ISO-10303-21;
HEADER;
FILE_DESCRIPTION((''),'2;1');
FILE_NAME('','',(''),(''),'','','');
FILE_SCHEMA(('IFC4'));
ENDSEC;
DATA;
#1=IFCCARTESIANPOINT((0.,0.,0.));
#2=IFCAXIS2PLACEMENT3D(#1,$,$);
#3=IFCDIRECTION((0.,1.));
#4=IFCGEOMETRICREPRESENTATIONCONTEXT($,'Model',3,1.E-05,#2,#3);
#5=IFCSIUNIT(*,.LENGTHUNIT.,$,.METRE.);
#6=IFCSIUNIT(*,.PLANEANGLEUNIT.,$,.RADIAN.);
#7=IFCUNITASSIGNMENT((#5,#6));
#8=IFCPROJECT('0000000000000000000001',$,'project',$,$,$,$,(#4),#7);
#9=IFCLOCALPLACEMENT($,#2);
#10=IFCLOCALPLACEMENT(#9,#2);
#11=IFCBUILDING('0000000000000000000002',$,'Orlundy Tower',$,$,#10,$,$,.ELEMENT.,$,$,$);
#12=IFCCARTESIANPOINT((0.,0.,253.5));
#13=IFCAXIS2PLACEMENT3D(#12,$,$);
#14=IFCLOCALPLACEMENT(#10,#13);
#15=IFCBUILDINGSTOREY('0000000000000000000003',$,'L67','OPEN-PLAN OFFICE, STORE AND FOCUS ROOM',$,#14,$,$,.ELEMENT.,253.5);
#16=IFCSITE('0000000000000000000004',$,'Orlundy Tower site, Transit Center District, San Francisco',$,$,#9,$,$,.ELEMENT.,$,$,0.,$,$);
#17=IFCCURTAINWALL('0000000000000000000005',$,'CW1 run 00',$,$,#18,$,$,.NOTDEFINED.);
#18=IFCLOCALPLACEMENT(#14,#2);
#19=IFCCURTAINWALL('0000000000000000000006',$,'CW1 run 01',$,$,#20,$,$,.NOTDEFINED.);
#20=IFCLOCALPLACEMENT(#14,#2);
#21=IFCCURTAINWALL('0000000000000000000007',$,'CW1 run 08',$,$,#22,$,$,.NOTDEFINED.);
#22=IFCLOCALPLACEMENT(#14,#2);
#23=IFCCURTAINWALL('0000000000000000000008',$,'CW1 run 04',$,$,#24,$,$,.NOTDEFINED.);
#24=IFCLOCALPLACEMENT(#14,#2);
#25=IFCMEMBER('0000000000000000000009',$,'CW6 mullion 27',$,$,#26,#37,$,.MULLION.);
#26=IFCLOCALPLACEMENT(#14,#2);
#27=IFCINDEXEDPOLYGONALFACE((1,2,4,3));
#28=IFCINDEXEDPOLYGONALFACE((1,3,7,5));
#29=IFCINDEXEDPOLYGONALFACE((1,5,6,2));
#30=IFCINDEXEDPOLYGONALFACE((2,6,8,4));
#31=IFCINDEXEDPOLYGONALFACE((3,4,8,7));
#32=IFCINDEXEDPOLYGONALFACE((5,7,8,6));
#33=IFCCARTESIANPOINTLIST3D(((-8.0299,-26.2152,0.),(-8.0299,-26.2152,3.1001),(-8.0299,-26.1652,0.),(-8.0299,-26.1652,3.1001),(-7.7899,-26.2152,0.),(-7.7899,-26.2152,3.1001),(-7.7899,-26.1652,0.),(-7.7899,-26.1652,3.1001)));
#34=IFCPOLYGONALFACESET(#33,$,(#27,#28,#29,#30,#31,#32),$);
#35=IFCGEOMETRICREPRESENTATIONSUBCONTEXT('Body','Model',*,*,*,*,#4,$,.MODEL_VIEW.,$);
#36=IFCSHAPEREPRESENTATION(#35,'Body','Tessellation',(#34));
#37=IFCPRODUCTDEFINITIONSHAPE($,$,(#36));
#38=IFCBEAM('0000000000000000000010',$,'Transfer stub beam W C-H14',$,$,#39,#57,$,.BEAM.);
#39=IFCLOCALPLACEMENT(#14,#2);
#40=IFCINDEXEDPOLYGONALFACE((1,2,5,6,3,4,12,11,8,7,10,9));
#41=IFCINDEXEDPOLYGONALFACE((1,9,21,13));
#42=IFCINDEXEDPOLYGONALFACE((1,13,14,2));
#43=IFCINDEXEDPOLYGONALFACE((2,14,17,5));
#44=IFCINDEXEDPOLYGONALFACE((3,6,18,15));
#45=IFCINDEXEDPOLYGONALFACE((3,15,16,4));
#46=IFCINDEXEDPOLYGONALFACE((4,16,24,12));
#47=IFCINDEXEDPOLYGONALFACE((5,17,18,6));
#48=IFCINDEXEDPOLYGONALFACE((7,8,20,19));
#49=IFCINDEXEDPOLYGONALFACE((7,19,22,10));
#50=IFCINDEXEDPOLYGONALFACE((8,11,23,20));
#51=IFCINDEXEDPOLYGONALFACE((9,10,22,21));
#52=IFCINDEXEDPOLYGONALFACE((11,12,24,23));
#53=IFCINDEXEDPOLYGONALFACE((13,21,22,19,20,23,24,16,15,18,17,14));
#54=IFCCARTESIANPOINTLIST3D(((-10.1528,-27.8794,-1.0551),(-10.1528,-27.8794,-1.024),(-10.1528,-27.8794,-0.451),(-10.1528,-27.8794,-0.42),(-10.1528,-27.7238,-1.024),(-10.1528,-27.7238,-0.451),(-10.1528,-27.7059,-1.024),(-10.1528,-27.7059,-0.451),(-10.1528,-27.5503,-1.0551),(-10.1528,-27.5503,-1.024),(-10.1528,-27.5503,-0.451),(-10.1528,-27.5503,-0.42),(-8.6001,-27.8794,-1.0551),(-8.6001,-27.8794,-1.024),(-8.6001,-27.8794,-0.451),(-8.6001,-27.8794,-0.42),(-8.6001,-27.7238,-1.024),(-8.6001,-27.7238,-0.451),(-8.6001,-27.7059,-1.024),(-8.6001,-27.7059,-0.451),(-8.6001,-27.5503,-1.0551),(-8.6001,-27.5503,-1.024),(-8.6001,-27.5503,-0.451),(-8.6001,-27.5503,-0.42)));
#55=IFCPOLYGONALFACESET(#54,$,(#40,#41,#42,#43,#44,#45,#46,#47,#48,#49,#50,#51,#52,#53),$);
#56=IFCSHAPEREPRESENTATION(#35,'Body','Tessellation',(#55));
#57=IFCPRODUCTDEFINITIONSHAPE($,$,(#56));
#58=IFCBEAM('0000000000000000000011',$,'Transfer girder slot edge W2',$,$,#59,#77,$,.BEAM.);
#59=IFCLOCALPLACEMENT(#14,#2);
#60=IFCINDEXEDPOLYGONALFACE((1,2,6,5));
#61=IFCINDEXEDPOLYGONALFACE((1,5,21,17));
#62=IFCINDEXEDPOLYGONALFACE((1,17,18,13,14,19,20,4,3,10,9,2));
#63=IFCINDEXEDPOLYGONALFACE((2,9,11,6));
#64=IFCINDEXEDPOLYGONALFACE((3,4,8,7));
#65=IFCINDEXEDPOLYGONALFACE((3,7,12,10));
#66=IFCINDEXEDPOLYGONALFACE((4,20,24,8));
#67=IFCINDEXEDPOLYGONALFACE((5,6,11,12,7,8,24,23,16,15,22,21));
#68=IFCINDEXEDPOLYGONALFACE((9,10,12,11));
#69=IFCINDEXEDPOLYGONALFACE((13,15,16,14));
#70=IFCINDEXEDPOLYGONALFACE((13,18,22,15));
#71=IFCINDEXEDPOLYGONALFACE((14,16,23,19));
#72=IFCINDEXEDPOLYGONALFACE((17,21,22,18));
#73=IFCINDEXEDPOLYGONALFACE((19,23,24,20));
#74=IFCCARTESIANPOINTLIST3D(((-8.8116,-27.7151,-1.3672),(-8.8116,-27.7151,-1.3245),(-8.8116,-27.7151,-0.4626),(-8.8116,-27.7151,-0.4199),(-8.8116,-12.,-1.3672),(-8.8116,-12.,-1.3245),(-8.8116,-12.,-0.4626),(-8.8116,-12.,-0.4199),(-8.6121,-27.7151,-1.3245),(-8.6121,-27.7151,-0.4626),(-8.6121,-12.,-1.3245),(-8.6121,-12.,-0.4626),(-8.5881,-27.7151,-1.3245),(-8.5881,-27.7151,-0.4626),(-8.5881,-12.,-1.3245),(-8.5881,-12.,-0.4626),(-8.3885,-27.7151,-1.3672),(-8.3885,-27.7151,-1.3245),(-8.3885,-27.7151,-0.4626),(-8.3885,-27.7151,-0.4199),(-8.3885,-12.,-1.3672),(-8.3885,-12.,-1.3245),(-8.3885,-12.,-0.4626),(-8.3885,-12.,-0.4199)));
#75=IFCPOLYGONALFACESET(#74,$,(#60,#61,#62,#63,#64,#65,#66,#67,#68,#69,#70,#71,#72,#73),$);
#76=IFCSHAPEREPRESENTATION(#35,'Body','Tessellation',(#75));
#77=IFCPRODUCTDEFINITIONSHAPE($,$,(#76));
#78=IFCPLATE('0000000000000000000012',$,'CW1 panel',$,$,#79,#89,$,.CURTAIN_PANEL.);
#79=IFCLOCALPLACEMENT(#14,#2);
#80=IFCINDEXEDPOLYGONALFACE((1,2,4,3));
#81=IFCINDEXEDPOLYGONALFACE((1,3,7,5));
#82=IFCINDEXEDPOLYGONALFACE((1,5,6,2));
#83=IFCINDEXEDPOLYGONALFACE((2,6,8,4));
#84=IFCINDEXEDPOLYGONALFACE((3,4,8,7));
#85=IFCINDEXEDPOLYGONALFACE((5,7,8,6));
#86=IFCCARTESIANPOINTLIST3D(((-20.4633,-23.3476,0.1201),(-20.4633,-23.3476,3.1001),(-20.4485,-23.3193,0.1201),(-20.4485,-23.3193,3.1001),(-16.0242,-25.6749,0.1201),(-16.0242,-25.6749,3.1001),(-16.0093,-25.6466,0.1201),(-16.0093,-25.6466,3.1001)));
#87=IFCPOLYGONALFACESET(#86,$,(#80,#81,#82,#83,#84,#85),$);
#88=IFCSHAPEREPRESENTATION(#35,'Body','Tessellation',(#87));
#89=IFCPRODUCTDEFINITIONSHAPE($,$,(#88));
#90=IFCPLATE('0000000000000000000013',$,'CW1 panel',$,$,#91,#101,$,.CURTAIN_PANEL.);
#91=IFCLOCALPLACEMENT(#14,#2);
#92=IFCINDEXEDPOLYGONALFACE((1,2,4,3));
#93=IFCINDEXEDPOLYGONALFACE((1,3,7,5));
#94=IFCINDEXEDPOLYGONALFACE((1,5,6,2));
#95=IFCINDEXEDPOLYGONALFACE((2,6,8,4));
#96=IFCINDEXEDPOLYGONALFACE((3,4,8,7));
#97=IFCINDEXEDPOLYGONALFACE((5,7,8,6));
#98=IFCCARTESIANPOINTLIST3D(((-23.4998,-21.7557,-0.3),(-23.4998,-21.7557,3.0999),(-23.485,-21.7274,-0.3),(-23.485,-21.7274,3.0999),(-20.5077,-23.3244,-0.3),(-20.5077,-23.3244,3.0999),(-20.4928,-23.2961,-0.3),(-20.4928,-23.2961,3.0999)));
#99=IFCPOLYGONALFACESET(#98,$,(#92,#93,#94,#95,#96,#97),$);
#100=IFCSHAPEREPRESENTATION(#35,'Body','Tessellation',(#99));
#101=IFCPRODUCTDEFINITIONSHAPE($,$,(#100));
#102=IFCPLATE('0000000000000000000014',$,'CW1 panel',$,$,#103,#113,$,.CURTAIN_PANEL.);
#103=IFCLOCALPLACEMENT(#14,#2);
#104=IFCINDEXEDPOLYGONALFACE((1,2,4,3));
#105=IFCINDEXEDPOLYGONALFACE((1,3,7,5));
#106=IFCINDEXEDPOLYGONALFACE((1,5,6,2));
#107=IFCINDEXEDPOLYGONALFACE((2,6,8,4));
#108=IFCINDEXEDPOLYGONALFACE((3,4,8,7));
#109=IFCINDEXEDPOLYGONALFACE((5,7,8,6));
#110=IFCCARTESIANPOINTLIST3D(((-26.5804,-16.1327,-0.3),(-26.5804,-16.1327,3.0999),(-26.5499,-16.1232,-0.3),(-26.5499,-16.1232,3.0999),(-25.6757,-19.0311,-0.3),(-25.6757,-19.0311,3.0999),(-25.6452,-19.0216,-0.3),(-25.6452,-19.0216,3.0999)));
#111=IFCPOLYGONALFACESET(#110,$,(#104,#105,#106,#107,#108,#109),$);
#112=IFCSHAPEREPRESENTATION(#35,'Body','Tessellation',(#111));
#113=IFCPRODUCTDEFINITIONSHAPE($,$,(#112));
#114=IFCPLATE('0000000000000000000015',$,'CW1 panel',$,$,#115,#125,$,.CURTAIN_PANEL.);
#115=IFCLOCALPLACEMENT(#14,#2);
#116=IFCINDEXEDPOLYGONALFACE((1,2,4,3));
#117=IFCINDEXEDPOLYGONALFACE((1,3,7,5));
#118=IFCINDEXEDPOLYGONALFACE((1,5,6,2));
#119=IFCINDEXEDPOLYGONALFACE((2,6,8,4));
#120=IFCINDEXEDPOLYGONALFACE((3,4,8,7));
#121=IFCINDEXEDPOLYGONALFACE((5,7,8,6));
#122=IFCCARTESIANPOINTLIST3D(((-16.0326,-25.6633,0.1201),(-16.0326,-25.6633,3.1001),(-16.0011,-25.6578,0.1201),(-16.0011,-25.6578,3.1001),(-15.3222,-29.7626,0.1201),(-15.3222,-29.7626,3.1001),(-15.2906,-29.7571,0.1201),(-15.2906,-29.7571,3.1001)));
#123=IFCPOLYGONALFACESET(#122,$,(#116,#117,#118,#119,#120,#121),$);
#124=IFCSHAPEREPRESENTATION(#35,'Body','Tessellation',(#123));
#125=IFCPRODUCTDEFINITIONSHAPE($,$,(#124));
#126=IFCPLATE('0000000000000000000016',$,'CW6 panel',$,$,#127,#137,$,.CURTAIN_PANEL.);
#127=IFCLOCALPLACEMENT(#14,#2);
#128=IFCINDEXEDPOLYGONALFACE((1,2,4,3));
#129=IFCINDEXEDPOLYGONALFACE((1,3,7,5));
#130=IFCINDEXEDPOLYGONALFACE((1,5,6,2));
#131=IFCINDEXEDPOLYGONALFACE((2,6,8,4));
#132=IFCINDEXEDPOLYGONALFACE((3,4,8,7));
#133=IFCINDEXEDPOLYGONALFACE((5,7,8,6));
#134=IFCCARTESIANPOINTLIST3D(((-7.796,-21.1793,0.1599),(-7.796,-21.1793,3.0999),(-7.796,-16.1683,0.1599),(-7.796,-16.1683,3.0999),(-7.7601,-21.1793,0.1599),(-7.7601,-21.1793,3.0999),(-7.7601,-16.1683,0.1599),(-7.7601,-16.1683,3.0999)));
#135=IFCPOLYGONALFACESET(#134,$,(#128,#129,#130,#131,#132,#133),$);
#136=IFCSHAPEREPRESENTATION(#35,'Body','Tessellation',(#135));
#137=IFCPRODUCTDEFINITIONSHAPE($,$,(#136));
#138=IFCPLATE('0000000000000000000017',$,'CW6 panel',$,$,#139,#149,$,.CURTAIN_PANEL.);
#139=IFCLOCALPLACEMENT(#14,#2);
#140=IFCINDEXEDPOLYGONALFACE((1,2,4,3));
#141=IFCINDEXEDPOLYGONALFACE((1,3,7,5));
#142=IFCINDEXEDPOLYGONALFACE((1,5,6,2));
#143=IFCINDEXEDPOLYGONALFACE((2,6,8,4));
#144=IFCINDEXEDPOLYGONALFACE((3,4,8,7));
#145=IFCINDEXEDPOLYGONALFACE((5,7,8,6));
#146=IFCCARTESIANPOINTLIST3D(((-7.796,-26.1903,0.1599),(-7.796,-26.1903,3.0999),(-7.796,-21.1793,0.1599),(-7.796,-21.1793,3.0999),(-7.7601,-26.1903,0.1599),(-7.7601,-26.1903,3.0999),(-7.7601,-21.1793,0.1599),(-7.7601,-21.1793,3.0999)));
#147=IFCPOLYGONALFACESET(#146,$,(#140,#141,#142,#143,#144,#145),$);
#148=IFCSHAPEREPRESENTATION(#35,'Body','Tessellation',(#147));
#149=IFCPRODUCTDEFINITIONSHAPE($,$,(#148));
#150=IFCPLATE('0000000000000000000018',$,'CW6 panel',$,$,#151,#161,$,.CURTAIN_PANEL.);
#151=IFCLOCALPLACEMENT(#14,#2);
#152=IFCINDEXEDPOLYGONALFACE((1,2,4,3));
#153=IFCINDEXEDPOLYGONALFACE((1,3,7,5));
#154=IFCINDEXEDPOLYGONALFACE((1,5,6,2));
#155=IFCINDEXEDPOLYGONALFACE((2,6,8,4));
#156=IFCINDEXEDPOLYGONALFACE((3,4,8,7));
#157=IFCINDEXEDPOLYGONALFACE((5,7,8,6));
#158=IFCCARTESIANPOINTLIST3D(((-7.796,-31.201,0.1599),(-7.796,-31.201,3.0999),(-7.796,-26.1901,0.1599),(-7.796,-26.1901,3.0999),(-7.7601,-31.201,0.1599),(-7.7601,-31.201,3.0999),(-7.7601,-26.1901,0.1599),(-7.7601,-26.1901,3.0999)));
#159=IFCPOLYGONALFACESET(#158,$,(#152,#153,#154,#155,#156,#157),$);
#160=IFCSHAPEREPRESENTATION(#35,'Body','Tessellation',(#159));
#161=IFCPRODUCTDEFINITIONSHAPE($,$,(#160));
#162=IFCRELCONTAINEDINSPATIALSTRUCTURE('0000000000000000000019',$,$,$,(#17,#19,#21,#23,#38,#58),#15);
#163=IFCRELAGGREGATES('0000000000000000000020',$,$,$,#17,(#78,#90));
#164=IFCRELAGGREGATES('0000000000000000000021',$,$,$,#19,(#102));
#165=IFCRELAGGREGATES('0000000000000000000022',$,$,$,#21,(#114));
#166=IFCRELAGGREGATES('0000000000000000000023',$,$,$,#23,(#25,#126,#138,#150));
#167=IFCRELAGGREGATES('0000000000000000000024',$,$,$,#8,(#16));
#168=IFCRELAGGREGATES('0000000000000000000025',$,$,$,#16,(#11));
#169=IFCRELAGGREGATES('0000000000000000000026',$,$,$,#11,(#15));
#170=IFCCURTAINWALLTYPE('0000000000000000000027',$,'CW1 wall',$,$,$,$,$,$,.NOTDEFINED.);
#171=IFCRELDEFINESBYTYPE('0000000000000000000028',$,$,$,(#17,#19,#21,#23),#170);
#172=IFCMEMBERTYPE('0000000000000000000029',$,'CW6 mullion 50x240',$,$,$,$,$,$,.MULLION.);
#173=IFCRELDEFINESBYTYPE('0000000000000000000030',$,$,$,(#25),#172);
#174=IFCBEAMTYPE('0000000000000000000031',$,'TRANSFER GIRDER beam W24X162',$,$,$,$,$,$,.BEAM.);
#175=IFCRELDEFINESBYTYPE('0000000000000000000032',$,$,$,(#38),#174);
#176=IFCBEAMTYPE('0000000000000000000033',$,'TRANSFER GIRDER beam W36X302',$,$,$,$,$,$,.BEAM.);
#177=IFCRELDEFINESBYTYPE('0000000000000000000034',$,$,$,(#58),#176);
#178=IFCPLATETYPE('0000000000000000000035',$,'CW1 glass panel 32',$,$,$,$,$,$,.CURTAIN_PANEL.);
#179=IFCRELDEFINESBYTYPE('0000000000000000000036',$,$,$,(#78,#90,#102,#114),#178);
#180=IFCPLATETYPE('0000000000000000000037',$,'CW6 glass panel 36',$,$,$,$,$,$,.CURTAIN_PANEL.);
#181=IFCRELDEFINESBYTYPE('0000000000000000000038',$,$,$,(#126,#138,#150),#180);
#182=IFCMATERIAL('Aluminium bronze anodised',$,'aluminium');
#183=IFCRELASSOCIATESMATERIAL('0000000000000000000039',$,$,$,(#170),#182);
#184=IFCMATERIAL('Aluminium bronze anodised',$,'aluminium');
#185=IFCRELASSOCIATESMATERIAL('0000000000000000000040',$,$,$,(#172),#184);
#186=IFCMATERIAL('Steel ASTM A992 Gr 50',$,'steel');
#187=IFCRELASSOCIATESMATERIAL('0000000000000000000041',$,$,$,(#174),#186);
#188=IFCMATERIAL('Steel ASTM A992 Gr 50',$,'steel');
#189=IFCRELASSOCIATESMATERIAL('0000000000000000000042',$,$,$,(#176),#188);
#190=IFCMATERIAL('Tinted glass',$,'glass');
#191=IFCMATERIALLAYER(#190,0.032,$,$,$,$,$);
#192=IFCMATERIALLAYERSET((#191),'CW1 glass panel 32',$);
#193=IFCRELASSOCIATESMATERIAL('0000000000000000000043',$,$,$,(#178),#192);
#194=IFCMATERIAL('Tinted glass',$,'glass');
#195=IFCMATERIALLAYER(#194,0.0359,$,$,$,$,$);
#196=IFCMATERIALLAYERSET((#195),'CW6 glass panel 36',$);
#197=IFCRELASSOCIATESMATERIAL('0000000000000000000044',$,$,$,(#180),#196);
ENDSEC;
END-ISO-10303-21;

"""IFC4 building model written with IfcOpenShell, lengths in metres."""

from ifc_helpers import new_model, si_unit, direction, frame, origin, origin_2d, place, context, subcontext, project, spatial, rectangle, i_section, extrude, material, layer, layer_set, material_profile, profile_set, type_object, element, aggregate, save


model = new_model("IFC4")

# Units and contexts
model_context = context("Model", 3, precision=1e-05, world=origin(), true_north=direction((0.0, 1.0)))
body_context = subcontext(model_context, "Body", "Model", "MODEL_VIEW")
ifc_project = project(units=[si_unit("LENGTHUNIT", "METRE"), si_unit("PLANEANGLEUNIT", "RADIAN")], contexts=[model_context])

# Site, building, storey
site_placement = place(None, origin())
site = spatial("IfcSite", under=ifc_project, at=site_placement, Name="Orlundy Tower site, Transit Center District, San Francisco", CompositionType="ELEMENT", RefElevation=0.0)
building_placement = place(site_placement, origin())
building = spatial("IfcBuilding", under=site, at=building_placement, Name="Orlundy Tower", CompositionType="ELEMENT")
storey_placement = place(building_placement, frame((0.0, 0.0, 253.5)))
storey = spatial("IfcBuildingStorey", under=building, at=storey_placement, Name="L67", Description="OPEN-PLAN OFFICE, STORE AND FOCUS ROOM", CompositionType="ELEMENT", Elevation=253.5)

# Curtain wall
ifc_material_1 = material(Name="Aluminium bronze anodised", Category="aluminium")
curtain_wall_type = type_object("IfcCurtainWallType", Name="CW1 wall", PredefinedType="NOTDEFINED", material=ifc_material_1)
curtain_wall_1_placement = place(storey_placement, origin())
curtain_wall_1 = element("IfcCurtainWall", 1, at=curtain_wall_1_placement, inside=storey, type_object=curtain_wall_type, Name="CW1 run 00", PredefinedType="NOTDEFINED")

# Curtain wall
curtain_wall_2_placement = place(storey_placement, origin())
curtain_wall_2 = element("IfcCurtainWall", 2, at=curtain_wall_2_placement, inside=storey, type_object=curtain_wall_type, Name="CW1 run 01", PredefinedType="NOTDEFINED")

# Curtain wall
curtain_wall_3_placement = place(storey_placement, origin())
curtain_wall_3 = element("IfcCurtainWall", 3, at=curtain_wall_3_placement, inside=storey, type_object=curtain_wall_type, Name="CW1 run 08", PredefinedType="NOTDEFINED")

# Curtain wall, member
curtain_wall_4_placement = place(storey_placement, origin())
curtain_wall_4 = element("IfcCurtainWall", 4, at=curtain_wall_4_placement, inside=storey, type_object=curtain_wall_type, Name="CW1 run 04", PredefinedType="NOTDEFINED")
ifc_material_2 = material(Name="Aluminium bronze anodised", Category="aluminium")
ifc_material_profile_1 = material_profile(ifc_material_2, rectangle(XDim=0.24, YDim=0.05, at=origin_2d()), Name="CW6 mullion 50x240")
ifc_profile_set_1 = profile_set([ifc_material_profile_1], Name="Aluminium bronze anodised")
member_type_1 = type_object("IfcMemberType", Name="CW6 mullion 50x240", PredefinedType="MULLION", material=ifc_profile_set_1)
member_1_placement = place(storey_placement, frame((-7.9099, -26.1902, 0.0), z_axis=(0.0, 0.0, 1.0), x_axis=(1.0, 0.0, 0.0)))
member_1 = element("IfcMember", 5, at=member_1_placement, type_object=member_type_1, Name="CW6 mullion 27", PredefinedType="MULLION", context=body_context, shape_type="SweptSolid", body=[
    extrude(rectangle(XDim=0.24, YDim=0.05, at=origin_2d()), origin(), (0.0, 0.0, 1.0), 3.1001),
])

# Beams
ifc_material_3 = material(Name="Steel ASTM A992 Gr 50", Category="steel")
ifc_material_profile_2 = material_profile(ifc_material_3, i_section(OverallWidth=0.3291, OverallDepth=0.635, WebThickness=0.0178, FlangeThickness=0.031, at=origin_2d()), Name="W24X162")
ifc_profile_set_2 = profile_set([ifc_material_profile_2], Name="Steel ASTM A992 Gr 50")
beam_type_1 = type_object("IfcBeamType", Name="TRANSFER GIRDER beam W24X162", PredefinedType="BEAM", material=ifc_profile_set_2)
beam_1_placement = place(storey_placement, frame((-8.6001, -27.7148, -0.7375), z_axis=(-1.0, 0.0, 0.0), x_axis=(0.0, -1.0, 0.0)))
element("IfcBeam", 6, at=beam_1_placement, inside=storey, type_object=beam_type_1, Name="Transfer stub beam W C-H14", PredefinedType="BEAM", context=body_context, shape_type="SweptSolid", body=[
    extrude(i_section(OverallWidth=0.3291, OverallDepth=0.635, WebThickness=0.0178, FlangeThickness=0.031, at=origin_2d()), origin(), (0.0, 0.0, 1.0), 1.5527),
])
ifc_material_4 = material(Name="Steel ASTM A992 Gr 50", Category="steel")
ifc_material_profile_3 = material_profile(ifc_material_4, i_section(OverallWidth=0.4231, OverallDepth=0.9473, WebThickness=0.0239, FlangeThickness=0.0427, at=origin_2d()), Name="W36X302")
ifc_profile_set_3 = profile_set([ifc_material_profile_3], Name="Steel ASTM A992 Gr 50")
beam_type_2 = type_object("IfcBeamType", Name="TRANSFER GIRDER beam W36X302", PredefinedType="BEAM", material=ifc_profile_set_3)
beam_2_placement = place(storey_placement, frame((-8.6001, -27.7151, -0.8936), z_axis=(0.0, 1.0, 0.0), x_axis=(-1.0, 0.0, 0.0)))
element("IfcBeam", 7, at=beam_2_placement, inside=storey, type_object=beam_type_2, Name="Transfer girder slot edge W2", PredefinedType="BEAM", context=body_context, shape_type="SweptSolid", body=[
    extrude(i_section(OverallWidth=0.4231, OverallDepth=0.9473, WebThickness=0.0239, FlangeThickness=0.0427, at=origin_2d()), origin(), (0.0, 0.0, 1.0), 15.7151),
])

# Plates
ifc_material_5 = material(Name="Tinted glass", Category="glass")
ifc_layer_1 = layer(ifc_material_5, 0.032)
ifc_layer_set_1 = layer_set([ifc_layer_1], Name="CW1 glass panel 32")
plate_type_1 = type_object("IfcPlateType", Name="CW1 glass panel 32", PredefinedType="CURTAIN_PANEL", material=ifc_layer_set_1)
plate_1_placement = place(storey_placement, frame((-18.2363, -24.4971, 0.1201), z_axis=(0.0, 0.0, 1.0), x_axis=(-0.885665, 0.464325, 0.0)))
plate_1 = element("IfcPlate", 8, at=plate_1_placement, type_object=plate_type_1, Name="CW1 panel", PredefinedType="CURTAIN_PANEL", context=body_context, shape_type="SweptSolid", body=[
    extrude(rectangle(XDim=5.0122, YDim=0.032, at=origin_2d()), origin(), (0.0, 0.0, 1.0), 2.98),
])
plate_2_placement = place(storey_placement, frame((-21.9963, -22.5259, -0.3), z_axis=(0.0, 0.0, 1.0), x_axis=(-0.885665, 0.464325, 0.0)))
plate_2 = element("IfcPlate", 9, at=plate_2_placement, type_object=plate_type_1, Name="CW1 panel", PredefinedType="CURTAIN_PANEL", context=body_context, shape_type="SweptSolid", body=[
    extrude(rectangle(XDim=3.3784, YDim=0.032, at=origin_2d()), origin(), (0.0, 0.0, 1.0), 3.3999),
])
aggregate(curtain_wall_1, [plate_1, plate_2])
plate_3_placement = place(storey_placement, frame((-26.1128, -17.5771, -0.3), z_axis=(0.0, 0.0, 1.0), x_axis=(-0.297954, 0.95458, 0.0)))
plate_3 = element("IfcPlate", 10, at=plate_3_placement, type_object=plate_type_1, Name="CW1 panel", PredefinedType="CURTAIN_PANEL", context=body_context, shape_type="SweptSolid", body=[
    extrude(rectangle(XDim=3.0364, YDim=0.032, at=origin_2d()), origin(), (0.0, 0.0, 1.0), 3.3999),
])
aggregate(curtain_wall_2, [plate_3])
plate_4_placement = place(storey_placement, frame((-15.6616, -27.7102, 0.1201), z_axis=(0.0, 0.0, 1.0), x_axis=(-0.170762, 0.985312, 0.0)))
plate_4 = element("IfcPlate", 11, at=plate_4_placement, type_object=plate_type_1, Name="CW1 panel", PredefinedType="CURTAIN_PANEL", context=body_context, shape_type="SweptSolid", body=[
    extrude(rectangle(XDim=4.1604, YDim=0.032, at=origin_2d()), origin(), (0.0, 0.0, 1.0), 2.98),
])
aggregate(curtain_wall_3, [plate_4])
ifc_material_6 = material(Name="Tinted glass", Category="glass")
ifc_layer_2 = layer(ifc_material_6, 0.0359)
ifc_layer_set_2 = layer_set([ifc_layer_2], Name="CW6 glass panel 36")
plate_type_2 = type_object("IfcPlateType", Name="CW6 glass panel 36", PredefinedType="CURTAIN_PANEL", material=ifc_layer_set_2)
plate_5_placement = place(storey_placement, frame((-7.7781, -18.6738, 0.1599), z_axis=(0.0, 0.0, 1.0), x_axis=(0.0, -1.0, 0.0)))
plate_5 = element("IfcPlate", 12, at=plate_5_placement, type_object=plate_type_2, Name="CW6 panel", PredefinedType="CURTAIN_PANEL", context=body_context, shape_type="SweptSolid", body=[
    extrude(rectangle(XDim=5.011, YDim=0.0359, at=origin_2d()), origin(), (0.0, 0.0, 1.0), 2.9399),
])
plate_6_placement = place(storey_placement, frame((-7.7781, -23.6848, 0.1599), z_axis=(0.0, 0.0, 1.0), x_axis=(0.0, -1.0, 0.0)))
plate_6 = element("IfcPlate", 13, at=plate_6_placement, type_object=plate_type_2, Name="CW6 panel", PredefinedType="CURTAIN_PANEL", context=body_context, shape_type="SweptSolid", body=[
    extrude(rectangle(XDim=5.011, YDim=0.0359, at=origin_2d()), origin(), (0.0, 0.0, 1.0), 2.9399),
])
plate_7_placement = place(storey_placement, frame((-7.7781, -28.6956, 0.1599), z_axis=(0.0, 0.0, 1.0), x_axis=(0.0, -1.0, 0.0)))
plate_7 = element("IfcPlate", 14, at=plate_7_placement, type_object=plate_type_2, Name="CW6 panel", PredefinedType="CURTAIN_PANEL", context=body_context, shape_type="SweptSolid", body=[
    extrude(rectangle(XDim=5.011, YDim=0.0359, at=origin_2d()), origin(), (0.0, 0.0, 1.0), 2.9399),
])
aggregate(curtain_wall_4, [member_1, plate_5, plate_6, plate_7])

save(model, "model.ifc")
